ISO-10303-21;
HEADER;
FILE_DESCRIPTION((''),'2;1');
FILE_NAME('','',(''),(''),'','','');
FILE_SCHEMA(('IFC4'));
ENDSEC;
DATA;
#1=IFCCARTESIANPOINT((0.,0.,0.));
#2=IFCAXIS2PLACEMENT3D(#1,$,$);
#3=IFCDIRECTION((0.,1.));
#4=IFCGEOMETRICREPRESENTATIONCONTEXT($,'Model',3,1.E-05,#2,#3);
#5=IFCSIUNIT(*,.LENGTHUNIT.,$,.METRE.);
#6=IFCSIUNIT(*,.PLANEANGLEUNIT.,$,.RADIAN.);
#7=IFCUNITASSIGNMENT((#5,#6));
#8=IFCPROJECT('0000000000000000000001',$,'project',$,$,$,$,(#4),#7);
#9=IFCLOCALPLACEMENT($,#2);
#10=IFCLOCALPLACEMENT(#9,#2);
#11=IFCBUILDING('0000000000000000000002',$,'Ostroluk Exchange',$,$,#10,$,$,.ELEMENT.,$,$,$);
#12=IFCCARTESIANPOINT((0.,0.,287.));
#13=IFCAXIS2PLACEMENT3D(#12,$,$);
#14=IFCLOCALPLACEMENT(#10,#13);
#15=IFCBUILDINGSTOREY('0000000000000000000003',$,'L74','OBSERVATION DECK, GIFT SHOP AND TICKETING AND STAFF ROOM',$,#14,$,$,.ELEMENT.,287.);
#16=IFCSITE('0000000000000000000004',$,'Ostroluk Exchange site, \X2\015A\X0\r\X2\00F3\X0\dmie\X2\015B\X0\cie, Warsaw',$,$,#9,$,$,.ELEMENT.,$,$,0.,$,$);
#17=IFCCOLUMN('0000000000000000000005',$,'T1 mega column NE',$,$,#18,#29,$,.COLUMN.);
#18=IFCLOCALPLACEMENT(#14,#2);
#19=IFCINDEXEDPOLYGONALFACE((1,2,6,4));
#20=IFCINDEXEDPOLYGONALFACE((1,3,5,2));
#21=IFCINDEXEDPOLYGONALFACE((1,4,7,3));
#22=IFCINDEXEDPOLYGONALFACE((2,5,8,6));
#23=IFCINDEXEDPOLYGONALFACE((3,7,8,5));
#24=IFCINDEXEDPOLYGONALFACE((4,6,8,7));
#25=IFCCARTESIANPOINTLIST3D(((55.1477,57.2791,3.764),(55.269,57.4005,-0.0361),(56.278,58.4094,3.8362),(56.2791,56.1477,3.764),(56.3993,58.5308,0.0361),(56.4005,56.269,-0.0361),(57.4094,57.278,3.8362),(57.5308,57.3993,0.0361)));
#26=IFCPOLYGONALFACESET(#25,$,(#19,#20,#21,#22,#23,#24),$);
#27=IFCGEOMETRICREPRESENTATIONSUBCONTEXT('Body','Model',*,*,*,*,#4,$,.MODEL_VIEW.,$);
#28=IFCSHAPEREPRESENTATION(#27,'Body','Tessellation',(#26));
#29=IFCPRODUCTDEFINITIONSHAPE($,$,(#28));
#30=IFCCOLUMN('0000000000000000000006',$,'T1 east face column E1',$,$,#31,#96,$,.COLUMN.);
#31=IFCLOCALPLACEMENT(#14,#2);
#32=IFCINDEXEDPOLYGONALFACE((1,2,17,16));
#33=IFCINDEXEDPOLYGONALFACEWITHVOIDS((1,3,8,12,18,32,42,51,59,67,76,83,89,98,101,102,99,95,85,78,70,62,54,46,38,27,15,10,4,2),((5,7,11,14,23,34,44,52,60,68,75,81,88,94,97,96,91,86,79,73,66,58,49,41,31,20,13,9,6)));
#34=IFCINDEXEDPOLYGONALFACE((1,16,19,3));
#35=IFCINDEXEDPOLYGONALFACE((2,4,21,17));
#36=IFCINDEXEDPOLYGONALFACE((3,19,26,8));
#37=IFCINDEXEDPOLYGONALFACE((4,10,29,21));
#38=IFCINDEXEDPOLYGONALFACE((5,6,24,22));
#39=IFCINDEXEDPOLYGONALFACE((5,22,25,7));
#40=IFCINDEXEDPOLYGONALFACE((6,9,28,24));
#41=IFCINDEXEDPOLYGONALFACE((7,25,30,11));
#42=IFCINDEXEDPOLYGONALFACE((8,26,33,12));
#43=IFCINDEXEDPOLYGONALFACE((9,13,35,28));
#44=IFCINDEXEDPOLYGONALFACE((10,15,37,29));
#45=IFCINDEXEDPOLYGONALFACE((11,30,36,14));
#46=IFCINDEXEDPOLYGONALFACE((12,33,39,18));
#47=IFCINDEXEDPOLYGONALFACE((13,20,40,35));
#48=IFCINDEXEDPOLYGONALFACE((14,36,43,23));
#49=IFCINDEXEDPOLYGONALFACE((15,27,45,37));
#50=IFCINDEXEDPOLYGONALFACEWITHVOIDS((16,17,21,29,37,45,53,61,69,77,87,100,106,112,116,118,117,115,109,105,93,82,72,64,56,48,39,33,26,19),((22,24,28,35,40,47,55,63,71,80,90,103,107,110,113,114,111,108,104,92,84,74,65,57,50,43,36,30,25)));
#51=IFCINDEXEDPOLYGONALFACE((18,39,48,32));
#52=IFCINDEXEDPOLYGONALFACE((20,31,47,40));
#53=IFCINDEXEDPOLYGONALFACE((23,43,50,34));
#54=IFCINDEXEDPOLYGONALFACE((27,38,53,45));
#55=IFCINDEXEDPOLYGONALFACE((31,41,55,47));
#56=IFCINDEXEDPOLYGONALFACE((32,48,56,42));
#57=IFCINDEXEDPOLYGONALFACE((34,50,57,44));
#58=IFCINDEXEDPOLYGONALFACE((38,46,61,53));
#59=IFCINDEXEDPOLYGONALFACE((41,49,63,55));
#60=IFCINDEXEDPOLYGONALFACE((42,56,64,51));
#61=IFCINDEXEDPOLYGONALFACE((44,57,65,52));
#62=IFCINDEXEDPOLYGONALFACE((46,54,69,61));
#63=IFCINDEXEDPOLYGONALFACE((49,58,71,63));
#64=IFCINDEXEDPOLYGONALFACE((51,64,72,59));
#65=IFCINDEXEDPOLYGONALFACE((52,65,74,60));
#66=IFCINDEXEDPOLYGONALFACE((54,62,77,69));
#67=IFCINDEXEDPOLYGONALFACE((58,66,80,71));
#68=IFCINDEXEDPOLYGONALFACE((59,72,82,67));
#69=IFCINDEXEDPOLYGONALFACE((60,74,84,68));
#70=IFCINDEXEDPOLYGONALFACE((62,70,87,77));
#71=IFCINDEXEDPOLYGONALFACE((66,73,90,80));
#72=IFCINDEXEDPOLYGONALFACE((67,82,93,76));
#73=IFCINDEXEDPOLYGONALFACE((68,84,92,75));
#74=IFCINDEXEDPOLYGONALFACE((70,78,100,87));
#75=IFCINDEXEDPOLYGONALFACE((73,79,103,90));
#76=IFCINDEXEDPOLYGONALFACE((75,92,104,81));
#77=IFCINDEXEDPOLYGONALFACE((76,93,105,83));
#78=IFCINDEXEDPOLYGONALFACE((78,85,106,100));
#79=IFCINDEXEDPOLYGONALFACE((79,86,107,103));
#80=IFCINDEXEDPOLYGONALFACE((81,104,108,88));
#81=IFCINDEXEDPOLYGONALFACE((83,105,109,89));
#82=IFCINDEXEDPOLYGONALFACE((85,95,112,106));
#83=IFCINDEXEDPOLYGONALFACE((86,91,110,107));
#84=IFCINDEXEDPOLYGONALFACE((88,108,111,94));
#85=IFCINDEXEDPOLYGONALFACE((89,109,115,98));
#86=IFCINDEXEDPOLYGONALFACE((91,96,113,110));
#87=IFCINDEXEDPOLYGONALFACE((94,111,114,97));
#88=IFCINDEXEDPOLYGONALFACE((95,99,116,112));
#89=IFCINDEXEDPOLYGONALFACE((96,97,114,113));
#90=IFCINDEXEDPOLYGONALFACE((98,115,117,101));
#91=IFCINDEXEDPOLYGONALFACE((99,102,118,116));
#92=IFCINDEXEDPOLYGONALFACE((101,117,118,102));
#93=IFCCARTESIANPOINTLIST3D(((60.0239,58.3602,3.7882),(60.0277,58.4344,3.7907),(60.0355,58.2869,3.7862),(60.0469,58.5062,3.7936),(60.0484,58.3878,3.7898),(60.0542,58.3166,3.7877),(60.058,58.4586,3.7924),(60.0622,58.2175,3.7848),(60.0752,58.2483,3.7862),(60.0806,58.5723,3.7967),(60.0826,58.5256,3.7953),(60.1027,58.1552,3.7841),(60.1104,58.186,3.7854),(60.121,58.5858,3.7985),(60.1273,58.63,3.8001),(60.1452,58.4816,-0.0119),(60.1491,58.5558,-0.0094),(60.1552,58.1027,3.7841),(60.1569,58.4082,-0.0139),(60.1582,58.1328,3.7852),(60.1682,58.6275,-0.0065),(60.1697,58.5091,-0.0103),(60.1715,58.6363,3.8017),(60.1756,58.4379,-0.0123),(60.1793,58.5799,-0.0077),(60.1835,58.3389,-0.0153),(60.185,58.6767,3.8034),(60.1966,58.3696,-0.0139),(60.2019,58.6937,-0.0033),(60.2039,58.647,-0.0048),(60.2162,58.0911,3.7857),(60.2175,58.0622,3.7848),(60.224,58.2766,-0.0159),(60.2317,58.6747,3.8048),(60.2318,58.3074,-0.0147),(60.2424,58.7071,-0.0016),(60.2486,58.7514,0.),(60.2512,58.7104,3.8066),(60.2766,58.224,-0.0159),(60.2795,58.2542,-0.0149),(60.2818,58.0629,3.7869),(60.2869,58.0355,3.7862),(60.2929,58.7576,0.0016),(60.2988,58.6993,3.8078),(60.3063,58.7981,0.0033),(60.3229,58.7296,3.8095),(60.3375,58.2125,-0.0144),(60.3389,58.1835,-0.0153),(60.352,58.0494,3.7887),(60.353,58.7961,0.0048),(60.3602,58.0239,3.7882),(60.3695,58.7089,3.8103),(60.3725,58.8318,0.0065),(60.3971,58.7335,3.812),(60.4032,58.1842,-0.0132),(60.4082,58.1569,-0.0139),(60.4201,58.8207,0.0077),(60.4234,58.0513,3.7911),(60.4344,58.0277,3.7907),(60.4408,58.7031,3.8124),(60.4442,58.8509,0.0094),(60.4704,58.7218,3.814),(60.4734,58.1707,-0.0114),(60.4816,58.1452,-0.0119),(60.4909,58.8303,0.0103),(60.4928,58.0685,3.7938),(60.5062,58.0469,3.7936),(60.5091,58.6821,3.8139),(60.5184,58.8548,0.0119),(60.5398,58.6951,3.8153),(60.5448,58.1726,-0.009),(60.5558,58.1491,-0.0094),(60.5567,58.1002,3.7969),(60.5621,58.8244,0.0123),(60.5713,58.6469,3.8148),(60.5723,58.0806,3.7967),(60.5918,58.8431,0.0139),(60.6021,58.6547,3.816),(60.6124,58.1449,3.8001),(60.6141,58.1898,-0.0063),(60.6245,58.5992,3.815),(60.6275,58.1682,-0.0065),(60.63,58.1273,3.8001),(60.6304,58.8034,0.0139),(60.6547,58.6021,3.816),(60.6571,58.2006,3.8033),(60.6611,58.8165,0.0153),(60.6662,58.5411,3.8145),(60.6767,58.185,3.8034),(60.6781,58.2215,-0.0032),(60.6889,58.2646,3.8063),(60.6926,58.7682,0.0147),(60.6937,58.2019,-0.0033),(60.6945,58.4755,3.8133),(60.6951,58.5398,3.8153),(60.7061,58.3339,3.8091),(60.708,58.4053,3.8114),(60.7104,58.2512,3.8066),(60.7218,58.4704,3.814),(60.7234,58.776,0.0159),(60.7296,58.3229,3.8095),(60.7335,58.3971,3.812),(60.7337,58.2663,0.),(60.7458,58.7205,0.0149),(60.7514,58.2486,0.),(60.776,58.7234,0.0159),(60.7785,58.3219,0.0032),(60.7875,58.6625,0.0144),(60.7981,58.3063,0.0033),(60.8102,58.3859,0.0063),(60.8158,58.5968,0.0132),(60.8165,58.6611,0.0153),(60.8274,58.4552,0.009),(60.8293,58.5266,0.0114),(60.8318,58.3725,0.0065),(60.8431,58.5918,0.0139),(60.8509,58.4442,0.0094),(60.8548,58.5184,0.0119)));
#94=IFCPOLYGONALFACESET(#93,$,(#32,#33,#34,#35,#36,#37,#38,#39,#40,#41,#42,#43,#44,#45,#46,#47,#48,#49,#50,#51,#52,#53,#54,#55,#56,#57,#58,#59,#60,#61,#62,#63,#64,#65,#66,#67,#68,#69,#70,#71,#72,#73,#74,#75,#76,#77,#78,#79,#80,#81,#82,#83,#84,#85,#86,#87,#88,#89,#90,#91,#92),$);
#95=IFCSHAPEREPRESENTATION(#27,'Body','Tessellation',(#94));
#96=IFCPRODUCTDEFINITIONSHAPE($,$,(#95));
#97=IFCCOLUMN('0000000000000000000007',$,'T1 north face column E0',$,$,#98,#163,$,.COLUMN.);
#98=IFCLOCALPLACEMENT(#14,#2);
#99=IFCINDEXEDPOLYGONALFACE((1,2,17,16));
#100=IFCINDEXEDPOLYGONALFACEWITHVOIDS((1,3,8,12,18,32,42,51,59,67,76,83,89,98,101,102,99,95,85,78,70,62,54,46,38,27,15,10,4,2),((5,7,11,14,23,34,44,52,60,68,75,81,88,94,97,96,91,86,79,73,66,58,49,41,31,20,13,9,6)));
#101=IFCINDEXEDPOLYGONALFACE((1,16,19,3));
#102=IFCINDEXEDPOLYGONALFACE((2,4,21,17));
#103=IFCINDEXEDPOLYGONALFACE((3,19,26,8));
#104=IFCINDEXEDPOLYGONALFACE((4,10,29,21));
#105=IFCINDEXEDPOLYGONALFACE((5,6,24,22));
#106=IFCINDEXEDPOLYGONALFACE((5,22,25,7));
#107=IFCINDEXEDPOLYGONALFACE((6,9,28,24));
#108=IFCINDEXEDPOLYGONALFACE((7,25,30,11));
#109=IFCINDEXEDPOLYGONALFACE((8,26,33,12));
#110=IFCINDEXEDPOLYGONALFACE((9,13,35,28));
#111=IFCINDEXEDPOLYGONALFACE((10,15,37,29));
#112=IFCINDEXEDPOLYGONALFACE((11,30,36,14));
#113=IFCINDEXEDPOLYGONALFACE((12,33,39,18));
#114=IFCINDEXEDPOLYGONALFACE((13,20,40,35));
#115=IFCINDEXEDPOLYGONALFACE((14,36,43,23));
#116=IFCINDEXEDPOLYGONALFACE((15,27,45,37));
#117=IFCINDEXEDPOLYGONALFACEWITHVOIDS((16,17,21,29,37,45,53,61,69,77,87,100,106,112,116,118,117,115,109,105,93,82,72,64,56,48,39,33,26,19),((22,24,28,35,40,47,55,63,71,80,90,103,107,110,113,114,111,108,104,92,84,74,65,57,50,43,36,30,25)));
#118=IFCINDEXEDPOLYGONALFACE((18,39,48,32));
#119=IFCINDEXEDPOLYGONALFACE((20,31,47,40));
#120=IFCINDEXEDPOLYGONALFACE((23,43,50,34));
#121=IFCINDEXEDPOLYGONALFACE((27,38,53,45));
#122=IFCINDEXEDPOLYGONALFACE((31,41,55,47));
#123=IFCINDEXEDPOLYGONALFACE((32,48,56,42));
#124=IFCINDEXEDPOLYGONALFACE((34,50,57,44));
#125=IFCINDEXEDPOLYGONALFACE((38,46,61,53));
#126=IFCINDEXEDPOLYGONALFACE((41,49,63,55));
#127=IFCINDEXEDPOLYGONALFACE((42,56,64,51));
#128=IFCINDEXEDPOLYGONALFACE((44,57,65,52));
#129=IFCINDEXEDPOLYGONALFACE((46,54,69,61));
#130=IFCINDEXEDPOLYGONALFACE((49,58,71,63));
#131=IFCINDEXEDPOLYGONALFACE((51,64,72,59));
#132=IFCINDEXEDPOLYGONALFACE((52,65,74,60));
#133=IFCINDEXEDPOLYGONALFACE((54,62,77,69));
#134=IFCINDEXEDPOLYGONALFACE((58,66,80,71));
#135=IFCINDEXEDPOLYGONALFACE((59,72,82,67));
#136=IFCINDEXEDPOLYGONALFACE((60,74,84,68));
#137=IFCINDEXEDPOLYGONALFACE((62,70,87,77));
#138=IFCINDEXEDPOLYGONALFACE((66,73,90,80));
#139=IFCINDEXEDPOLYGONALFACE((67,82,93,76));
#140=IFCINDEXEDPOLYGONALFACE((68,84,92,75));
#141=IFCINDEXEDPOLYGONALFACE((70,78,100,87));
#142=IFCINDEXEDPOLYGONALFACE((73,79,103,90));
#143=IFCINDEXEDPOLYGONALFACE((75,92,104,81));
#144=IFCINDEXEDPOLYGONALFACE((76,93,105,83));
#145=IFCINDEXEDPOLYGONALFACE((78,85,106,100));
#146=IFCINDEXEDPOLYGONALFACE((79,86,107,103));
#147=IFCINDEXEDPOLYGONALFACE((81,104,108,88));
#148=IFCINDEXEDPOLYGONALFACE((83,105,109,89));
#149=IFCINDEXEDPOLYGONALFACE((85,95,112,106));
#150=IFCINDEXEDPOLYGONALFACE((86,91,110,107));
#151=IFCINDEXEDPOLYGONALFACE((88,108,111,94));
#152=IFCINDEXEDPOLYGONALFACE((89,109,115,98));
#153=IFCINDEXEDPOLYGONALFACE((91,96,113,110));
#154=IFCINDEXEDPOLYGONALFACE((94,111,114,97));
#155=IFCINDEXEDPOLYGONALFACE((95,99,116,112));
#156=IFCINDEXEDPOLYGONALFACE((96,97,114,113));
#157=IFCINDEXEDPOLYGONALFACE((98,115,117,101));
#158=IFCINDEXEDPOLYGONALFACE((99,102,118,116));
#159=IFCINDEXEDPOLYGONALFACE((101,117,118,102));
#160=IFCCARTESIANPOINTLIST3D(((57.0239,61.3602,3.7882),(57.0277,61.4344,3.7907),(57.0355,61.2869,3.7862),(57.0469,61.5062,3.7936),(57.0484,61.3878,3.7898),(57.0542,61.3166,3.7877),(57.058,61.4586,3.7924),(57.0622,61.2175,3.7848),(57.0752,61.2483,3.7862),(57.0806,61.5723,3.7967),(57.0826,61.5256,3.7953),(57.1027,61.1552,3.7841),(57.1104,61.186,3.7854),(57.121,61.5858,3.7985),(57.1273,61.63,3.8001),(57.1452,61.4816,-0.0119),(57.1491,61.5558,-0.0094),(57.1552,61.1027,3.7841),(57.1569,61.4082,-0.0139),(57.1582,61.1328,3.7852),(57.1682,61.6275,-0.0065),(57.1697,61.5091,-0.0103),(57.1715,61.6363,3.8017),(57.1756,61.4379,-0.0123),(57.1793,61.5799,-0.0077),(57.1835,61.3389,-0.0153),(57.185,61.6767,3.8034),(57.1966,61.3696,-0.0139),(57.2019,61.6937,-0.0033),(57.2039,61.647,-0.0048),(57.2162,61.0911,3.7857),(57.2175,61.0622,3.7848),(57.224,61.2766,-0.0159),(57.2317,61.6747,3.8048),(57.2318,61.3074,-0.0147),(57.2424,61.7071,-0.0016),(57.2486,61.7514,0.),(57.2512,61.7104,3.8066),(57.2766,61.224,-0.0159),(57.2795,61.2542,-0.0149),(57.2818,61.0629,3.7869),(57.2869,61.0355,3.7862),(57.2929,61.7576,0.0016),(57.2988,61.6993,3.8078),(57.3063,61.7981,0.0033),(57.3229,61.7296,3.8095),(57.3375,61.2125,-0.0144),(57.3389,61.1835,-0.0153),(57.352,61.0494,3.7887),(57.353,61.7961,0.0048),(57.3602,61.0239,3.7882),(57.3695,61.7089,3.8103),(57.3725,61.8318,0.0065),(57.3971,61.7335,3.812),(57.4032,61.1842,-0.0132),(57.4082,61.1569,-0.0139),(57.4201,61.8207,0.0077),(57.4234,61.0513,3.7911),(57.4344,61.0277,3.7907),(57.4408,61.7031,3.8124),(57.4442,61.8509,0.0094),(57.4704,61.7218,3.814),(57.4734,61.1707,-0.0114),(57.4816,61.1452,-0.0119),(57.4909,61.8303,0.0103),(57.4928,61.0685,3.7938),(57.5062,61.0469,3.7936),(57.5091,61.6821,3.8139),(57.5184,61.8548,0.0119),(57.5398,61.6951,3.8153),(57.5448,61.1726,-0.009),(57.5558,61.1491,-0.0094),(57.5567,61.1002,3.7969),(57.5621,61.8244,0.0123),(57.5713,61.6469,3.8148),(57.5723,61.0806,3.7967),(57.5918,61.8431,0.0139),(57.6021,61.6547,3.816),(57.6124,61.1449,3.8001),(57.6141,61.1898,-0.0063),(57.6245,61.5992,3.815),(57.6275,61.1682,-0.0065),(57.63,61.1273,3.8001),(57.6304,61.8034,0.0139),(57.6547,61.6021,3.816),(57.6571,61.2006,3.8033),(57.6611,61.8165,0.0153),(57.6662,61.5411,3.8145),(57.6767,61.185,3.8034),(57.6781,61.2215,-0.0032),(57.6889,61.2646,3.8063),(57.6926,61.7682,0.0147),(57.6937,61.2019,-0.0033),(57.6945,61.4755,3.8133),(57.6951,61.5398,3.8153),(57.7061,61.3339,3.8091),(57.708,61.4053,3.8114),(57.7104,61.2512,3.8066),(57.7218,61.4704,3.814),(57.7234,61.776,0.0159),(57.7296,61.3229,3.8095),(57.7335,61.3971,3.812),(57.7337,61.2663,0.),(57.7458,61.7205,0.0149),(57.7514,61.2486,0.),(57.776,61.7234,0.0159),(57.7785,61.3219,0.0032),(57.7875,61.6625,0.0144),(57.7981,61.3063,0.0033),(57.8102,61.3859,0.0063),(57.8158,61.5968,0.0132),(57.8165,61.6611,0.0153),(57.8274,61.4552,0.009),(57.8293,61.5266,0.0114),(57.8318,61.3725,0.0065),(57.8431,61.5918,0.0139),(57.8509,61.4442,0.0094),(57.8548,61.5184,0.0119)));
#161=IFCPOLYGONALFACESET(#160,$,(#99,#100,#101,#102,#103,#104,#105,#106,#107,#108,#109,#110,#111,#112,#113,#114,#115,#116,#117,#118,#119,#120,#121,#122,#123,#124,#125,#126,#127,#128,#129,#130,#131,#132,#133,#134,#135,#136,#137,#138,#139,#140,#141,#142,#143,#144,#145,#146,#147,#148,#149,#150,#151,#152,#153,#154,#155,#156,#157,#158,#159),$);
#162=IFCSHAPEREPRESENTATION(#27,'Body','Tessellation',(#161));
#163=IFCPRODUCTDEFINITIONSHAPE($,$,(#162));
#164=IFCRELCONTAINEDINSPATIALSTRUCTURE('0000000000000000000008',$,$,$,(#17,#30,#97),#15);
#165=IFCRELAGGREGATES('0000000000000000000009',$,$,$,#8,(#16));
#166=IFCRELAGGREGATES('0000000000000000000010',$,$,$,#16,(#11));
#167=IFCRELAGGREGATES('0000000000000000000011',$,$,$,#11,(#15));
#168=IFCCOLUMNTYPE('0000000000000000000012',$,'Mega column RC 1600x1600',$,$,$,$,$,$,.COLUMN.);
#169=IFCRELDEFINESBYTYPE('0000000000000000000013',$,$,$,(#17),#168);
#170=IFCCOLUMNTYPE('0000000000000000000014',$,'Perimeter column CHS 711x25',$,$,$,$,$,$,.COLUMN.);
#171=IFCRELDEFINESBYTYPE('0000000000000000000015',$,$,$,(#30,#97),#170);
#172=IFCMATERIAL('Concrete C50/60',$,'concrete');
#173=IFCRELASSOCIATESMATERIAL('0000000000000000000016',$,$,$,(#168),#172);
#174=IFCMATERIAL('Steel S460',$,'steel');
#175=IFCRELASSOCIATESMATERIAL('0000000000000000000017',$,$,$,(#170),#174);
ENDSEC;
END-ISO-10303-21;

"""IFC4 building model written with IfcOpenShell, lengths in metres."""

from ifc_helpers import new_model, si_unit, direction, frame, origin, origin_2d, place, context, subcontext, project, spatial, rectangle, hollow_circle, extrude, material, material_profile, profile_set, type_object, element, save


model = new_model("IFC4")

# Units and contexts
model_context = context("Model", 3, precision=1e-05, world=origin(), true_north=direction((0.0, 1.0)))
body_context = subcontext(model_context, "Body", "Model", "MODEL_VIEW")
ifc_project = project(units=[si_unit("LENGTHUNIT", "METRE"), si_unit("PLANEANGLEUNIT", "RADIAN")], contexts=[model_context])

# Site, building, storey
site_placement = place(None, origin())
site = spatial("IfcSite", under=ifc_project, at=site_placement, Name="Ostroluk Exchange site, Śródmieście, Warsaw", CompositionType="ELEMENT", RefElevation=0.0)
building_placement = place(site_placement, origin())
building = spatial("IfcBuilding", under=site, at=building_placement, Name="Ostroluk Exchange", CompositionType="ELEMENT")
storey_placement = place(building_placement, frame((0.0, 0.0, 287.0)))
storey = spatial("IfcBuildingStorey", under=building, at=storey_placement, Name="L74", Description="OBSERVATION DECK, GIFT SHOP AND TICKETING AND STAFF ROOM", CompositionType="ELEMENT", Elevation=287.0)

# Columns
ifc_material_1 = material(Name="Concrete C50/60", Category="concrete")
ifc_material_profile_1 = material_profile(ifc_material_1, rectangle(XDim=1.6001, YDim=1.6001, at=origin_2d()), Name="RC 1600x1600")
ifc_profile_set_1 = profile_set([ifc_material_profile_1], Name="Concrete C50/60")
column_type_1 = type_object("IfcColumnType", Name="Mega column RC 1600x1600", PredefinedType="COLUMN", material=ifc_profile_set_1)
column_1_placement = place(storey_placement, frame((56.3999, 57.3999, 0.0), z_axis=(-0.031898, -0.031898, 0.998982), x_axis=(0.707107, -0.707107, 0.0)))
element("IfcColumn", 1, at=column_1_placement, inside=storey, type_object=column_type_1, Name="T1 mega column NE", PredefinedType="COLUMN", context=body_context, shape_type="SweptSolid", body=[
    extrude(rectangle(XDim=1.6001, YDim=1.6001, at=origin_2d()), origin(), (0.0, 0.0, 1.0), 3.804),
])
ifc_material_2 = material(Name="Steel S460", Category="steel")
ifc_material_profile_2 = material_profile(ifc_material_2, hollow_circle(Radius=0.3555, WallThickness=0.0249, at=origin_2d()), Name="CHS 711x25")
ifc_profile_set_2 = profile_set([ifc_material_profile_2], Name="Steel S460")
column_type_2 = type_object("IfcColumnType", Name="Perimeter column CHS 711x25", PredefinedType="COLUMN", material=ifc_profile_set_2)
for number, where, z_axis, x_axis, name in (
    (2, (60.5, 58.5, 0.0), (-0.031898, -0.031898, 0.998982), (0.707107, -0.707107, 0.0), "T1 east face column E1"),
    (3, (57.5, 61.5, 0.0), (-0.031898, -0.031898, 0.998982), (0.707107, -0.707107, 0.0), "T1 north face column E0"),
):
    element("IfcColumn", number, at=place(storey_placement, frame(where, z_axis=z_axis, x_axis=x_axis)), inside=storey, type_object=column_type_2, Name=name, PredefinedType="COLUMN", context=body_context, shape_type="SweptSolid", body=[
        extrude(hollow_circle(Radius=0.3555, WallThickness=0.0249, at=origin_2d()), origin(), (0.0, 0.0, 1.0), 3.804),
    ])

save(model, "model.ifc")
